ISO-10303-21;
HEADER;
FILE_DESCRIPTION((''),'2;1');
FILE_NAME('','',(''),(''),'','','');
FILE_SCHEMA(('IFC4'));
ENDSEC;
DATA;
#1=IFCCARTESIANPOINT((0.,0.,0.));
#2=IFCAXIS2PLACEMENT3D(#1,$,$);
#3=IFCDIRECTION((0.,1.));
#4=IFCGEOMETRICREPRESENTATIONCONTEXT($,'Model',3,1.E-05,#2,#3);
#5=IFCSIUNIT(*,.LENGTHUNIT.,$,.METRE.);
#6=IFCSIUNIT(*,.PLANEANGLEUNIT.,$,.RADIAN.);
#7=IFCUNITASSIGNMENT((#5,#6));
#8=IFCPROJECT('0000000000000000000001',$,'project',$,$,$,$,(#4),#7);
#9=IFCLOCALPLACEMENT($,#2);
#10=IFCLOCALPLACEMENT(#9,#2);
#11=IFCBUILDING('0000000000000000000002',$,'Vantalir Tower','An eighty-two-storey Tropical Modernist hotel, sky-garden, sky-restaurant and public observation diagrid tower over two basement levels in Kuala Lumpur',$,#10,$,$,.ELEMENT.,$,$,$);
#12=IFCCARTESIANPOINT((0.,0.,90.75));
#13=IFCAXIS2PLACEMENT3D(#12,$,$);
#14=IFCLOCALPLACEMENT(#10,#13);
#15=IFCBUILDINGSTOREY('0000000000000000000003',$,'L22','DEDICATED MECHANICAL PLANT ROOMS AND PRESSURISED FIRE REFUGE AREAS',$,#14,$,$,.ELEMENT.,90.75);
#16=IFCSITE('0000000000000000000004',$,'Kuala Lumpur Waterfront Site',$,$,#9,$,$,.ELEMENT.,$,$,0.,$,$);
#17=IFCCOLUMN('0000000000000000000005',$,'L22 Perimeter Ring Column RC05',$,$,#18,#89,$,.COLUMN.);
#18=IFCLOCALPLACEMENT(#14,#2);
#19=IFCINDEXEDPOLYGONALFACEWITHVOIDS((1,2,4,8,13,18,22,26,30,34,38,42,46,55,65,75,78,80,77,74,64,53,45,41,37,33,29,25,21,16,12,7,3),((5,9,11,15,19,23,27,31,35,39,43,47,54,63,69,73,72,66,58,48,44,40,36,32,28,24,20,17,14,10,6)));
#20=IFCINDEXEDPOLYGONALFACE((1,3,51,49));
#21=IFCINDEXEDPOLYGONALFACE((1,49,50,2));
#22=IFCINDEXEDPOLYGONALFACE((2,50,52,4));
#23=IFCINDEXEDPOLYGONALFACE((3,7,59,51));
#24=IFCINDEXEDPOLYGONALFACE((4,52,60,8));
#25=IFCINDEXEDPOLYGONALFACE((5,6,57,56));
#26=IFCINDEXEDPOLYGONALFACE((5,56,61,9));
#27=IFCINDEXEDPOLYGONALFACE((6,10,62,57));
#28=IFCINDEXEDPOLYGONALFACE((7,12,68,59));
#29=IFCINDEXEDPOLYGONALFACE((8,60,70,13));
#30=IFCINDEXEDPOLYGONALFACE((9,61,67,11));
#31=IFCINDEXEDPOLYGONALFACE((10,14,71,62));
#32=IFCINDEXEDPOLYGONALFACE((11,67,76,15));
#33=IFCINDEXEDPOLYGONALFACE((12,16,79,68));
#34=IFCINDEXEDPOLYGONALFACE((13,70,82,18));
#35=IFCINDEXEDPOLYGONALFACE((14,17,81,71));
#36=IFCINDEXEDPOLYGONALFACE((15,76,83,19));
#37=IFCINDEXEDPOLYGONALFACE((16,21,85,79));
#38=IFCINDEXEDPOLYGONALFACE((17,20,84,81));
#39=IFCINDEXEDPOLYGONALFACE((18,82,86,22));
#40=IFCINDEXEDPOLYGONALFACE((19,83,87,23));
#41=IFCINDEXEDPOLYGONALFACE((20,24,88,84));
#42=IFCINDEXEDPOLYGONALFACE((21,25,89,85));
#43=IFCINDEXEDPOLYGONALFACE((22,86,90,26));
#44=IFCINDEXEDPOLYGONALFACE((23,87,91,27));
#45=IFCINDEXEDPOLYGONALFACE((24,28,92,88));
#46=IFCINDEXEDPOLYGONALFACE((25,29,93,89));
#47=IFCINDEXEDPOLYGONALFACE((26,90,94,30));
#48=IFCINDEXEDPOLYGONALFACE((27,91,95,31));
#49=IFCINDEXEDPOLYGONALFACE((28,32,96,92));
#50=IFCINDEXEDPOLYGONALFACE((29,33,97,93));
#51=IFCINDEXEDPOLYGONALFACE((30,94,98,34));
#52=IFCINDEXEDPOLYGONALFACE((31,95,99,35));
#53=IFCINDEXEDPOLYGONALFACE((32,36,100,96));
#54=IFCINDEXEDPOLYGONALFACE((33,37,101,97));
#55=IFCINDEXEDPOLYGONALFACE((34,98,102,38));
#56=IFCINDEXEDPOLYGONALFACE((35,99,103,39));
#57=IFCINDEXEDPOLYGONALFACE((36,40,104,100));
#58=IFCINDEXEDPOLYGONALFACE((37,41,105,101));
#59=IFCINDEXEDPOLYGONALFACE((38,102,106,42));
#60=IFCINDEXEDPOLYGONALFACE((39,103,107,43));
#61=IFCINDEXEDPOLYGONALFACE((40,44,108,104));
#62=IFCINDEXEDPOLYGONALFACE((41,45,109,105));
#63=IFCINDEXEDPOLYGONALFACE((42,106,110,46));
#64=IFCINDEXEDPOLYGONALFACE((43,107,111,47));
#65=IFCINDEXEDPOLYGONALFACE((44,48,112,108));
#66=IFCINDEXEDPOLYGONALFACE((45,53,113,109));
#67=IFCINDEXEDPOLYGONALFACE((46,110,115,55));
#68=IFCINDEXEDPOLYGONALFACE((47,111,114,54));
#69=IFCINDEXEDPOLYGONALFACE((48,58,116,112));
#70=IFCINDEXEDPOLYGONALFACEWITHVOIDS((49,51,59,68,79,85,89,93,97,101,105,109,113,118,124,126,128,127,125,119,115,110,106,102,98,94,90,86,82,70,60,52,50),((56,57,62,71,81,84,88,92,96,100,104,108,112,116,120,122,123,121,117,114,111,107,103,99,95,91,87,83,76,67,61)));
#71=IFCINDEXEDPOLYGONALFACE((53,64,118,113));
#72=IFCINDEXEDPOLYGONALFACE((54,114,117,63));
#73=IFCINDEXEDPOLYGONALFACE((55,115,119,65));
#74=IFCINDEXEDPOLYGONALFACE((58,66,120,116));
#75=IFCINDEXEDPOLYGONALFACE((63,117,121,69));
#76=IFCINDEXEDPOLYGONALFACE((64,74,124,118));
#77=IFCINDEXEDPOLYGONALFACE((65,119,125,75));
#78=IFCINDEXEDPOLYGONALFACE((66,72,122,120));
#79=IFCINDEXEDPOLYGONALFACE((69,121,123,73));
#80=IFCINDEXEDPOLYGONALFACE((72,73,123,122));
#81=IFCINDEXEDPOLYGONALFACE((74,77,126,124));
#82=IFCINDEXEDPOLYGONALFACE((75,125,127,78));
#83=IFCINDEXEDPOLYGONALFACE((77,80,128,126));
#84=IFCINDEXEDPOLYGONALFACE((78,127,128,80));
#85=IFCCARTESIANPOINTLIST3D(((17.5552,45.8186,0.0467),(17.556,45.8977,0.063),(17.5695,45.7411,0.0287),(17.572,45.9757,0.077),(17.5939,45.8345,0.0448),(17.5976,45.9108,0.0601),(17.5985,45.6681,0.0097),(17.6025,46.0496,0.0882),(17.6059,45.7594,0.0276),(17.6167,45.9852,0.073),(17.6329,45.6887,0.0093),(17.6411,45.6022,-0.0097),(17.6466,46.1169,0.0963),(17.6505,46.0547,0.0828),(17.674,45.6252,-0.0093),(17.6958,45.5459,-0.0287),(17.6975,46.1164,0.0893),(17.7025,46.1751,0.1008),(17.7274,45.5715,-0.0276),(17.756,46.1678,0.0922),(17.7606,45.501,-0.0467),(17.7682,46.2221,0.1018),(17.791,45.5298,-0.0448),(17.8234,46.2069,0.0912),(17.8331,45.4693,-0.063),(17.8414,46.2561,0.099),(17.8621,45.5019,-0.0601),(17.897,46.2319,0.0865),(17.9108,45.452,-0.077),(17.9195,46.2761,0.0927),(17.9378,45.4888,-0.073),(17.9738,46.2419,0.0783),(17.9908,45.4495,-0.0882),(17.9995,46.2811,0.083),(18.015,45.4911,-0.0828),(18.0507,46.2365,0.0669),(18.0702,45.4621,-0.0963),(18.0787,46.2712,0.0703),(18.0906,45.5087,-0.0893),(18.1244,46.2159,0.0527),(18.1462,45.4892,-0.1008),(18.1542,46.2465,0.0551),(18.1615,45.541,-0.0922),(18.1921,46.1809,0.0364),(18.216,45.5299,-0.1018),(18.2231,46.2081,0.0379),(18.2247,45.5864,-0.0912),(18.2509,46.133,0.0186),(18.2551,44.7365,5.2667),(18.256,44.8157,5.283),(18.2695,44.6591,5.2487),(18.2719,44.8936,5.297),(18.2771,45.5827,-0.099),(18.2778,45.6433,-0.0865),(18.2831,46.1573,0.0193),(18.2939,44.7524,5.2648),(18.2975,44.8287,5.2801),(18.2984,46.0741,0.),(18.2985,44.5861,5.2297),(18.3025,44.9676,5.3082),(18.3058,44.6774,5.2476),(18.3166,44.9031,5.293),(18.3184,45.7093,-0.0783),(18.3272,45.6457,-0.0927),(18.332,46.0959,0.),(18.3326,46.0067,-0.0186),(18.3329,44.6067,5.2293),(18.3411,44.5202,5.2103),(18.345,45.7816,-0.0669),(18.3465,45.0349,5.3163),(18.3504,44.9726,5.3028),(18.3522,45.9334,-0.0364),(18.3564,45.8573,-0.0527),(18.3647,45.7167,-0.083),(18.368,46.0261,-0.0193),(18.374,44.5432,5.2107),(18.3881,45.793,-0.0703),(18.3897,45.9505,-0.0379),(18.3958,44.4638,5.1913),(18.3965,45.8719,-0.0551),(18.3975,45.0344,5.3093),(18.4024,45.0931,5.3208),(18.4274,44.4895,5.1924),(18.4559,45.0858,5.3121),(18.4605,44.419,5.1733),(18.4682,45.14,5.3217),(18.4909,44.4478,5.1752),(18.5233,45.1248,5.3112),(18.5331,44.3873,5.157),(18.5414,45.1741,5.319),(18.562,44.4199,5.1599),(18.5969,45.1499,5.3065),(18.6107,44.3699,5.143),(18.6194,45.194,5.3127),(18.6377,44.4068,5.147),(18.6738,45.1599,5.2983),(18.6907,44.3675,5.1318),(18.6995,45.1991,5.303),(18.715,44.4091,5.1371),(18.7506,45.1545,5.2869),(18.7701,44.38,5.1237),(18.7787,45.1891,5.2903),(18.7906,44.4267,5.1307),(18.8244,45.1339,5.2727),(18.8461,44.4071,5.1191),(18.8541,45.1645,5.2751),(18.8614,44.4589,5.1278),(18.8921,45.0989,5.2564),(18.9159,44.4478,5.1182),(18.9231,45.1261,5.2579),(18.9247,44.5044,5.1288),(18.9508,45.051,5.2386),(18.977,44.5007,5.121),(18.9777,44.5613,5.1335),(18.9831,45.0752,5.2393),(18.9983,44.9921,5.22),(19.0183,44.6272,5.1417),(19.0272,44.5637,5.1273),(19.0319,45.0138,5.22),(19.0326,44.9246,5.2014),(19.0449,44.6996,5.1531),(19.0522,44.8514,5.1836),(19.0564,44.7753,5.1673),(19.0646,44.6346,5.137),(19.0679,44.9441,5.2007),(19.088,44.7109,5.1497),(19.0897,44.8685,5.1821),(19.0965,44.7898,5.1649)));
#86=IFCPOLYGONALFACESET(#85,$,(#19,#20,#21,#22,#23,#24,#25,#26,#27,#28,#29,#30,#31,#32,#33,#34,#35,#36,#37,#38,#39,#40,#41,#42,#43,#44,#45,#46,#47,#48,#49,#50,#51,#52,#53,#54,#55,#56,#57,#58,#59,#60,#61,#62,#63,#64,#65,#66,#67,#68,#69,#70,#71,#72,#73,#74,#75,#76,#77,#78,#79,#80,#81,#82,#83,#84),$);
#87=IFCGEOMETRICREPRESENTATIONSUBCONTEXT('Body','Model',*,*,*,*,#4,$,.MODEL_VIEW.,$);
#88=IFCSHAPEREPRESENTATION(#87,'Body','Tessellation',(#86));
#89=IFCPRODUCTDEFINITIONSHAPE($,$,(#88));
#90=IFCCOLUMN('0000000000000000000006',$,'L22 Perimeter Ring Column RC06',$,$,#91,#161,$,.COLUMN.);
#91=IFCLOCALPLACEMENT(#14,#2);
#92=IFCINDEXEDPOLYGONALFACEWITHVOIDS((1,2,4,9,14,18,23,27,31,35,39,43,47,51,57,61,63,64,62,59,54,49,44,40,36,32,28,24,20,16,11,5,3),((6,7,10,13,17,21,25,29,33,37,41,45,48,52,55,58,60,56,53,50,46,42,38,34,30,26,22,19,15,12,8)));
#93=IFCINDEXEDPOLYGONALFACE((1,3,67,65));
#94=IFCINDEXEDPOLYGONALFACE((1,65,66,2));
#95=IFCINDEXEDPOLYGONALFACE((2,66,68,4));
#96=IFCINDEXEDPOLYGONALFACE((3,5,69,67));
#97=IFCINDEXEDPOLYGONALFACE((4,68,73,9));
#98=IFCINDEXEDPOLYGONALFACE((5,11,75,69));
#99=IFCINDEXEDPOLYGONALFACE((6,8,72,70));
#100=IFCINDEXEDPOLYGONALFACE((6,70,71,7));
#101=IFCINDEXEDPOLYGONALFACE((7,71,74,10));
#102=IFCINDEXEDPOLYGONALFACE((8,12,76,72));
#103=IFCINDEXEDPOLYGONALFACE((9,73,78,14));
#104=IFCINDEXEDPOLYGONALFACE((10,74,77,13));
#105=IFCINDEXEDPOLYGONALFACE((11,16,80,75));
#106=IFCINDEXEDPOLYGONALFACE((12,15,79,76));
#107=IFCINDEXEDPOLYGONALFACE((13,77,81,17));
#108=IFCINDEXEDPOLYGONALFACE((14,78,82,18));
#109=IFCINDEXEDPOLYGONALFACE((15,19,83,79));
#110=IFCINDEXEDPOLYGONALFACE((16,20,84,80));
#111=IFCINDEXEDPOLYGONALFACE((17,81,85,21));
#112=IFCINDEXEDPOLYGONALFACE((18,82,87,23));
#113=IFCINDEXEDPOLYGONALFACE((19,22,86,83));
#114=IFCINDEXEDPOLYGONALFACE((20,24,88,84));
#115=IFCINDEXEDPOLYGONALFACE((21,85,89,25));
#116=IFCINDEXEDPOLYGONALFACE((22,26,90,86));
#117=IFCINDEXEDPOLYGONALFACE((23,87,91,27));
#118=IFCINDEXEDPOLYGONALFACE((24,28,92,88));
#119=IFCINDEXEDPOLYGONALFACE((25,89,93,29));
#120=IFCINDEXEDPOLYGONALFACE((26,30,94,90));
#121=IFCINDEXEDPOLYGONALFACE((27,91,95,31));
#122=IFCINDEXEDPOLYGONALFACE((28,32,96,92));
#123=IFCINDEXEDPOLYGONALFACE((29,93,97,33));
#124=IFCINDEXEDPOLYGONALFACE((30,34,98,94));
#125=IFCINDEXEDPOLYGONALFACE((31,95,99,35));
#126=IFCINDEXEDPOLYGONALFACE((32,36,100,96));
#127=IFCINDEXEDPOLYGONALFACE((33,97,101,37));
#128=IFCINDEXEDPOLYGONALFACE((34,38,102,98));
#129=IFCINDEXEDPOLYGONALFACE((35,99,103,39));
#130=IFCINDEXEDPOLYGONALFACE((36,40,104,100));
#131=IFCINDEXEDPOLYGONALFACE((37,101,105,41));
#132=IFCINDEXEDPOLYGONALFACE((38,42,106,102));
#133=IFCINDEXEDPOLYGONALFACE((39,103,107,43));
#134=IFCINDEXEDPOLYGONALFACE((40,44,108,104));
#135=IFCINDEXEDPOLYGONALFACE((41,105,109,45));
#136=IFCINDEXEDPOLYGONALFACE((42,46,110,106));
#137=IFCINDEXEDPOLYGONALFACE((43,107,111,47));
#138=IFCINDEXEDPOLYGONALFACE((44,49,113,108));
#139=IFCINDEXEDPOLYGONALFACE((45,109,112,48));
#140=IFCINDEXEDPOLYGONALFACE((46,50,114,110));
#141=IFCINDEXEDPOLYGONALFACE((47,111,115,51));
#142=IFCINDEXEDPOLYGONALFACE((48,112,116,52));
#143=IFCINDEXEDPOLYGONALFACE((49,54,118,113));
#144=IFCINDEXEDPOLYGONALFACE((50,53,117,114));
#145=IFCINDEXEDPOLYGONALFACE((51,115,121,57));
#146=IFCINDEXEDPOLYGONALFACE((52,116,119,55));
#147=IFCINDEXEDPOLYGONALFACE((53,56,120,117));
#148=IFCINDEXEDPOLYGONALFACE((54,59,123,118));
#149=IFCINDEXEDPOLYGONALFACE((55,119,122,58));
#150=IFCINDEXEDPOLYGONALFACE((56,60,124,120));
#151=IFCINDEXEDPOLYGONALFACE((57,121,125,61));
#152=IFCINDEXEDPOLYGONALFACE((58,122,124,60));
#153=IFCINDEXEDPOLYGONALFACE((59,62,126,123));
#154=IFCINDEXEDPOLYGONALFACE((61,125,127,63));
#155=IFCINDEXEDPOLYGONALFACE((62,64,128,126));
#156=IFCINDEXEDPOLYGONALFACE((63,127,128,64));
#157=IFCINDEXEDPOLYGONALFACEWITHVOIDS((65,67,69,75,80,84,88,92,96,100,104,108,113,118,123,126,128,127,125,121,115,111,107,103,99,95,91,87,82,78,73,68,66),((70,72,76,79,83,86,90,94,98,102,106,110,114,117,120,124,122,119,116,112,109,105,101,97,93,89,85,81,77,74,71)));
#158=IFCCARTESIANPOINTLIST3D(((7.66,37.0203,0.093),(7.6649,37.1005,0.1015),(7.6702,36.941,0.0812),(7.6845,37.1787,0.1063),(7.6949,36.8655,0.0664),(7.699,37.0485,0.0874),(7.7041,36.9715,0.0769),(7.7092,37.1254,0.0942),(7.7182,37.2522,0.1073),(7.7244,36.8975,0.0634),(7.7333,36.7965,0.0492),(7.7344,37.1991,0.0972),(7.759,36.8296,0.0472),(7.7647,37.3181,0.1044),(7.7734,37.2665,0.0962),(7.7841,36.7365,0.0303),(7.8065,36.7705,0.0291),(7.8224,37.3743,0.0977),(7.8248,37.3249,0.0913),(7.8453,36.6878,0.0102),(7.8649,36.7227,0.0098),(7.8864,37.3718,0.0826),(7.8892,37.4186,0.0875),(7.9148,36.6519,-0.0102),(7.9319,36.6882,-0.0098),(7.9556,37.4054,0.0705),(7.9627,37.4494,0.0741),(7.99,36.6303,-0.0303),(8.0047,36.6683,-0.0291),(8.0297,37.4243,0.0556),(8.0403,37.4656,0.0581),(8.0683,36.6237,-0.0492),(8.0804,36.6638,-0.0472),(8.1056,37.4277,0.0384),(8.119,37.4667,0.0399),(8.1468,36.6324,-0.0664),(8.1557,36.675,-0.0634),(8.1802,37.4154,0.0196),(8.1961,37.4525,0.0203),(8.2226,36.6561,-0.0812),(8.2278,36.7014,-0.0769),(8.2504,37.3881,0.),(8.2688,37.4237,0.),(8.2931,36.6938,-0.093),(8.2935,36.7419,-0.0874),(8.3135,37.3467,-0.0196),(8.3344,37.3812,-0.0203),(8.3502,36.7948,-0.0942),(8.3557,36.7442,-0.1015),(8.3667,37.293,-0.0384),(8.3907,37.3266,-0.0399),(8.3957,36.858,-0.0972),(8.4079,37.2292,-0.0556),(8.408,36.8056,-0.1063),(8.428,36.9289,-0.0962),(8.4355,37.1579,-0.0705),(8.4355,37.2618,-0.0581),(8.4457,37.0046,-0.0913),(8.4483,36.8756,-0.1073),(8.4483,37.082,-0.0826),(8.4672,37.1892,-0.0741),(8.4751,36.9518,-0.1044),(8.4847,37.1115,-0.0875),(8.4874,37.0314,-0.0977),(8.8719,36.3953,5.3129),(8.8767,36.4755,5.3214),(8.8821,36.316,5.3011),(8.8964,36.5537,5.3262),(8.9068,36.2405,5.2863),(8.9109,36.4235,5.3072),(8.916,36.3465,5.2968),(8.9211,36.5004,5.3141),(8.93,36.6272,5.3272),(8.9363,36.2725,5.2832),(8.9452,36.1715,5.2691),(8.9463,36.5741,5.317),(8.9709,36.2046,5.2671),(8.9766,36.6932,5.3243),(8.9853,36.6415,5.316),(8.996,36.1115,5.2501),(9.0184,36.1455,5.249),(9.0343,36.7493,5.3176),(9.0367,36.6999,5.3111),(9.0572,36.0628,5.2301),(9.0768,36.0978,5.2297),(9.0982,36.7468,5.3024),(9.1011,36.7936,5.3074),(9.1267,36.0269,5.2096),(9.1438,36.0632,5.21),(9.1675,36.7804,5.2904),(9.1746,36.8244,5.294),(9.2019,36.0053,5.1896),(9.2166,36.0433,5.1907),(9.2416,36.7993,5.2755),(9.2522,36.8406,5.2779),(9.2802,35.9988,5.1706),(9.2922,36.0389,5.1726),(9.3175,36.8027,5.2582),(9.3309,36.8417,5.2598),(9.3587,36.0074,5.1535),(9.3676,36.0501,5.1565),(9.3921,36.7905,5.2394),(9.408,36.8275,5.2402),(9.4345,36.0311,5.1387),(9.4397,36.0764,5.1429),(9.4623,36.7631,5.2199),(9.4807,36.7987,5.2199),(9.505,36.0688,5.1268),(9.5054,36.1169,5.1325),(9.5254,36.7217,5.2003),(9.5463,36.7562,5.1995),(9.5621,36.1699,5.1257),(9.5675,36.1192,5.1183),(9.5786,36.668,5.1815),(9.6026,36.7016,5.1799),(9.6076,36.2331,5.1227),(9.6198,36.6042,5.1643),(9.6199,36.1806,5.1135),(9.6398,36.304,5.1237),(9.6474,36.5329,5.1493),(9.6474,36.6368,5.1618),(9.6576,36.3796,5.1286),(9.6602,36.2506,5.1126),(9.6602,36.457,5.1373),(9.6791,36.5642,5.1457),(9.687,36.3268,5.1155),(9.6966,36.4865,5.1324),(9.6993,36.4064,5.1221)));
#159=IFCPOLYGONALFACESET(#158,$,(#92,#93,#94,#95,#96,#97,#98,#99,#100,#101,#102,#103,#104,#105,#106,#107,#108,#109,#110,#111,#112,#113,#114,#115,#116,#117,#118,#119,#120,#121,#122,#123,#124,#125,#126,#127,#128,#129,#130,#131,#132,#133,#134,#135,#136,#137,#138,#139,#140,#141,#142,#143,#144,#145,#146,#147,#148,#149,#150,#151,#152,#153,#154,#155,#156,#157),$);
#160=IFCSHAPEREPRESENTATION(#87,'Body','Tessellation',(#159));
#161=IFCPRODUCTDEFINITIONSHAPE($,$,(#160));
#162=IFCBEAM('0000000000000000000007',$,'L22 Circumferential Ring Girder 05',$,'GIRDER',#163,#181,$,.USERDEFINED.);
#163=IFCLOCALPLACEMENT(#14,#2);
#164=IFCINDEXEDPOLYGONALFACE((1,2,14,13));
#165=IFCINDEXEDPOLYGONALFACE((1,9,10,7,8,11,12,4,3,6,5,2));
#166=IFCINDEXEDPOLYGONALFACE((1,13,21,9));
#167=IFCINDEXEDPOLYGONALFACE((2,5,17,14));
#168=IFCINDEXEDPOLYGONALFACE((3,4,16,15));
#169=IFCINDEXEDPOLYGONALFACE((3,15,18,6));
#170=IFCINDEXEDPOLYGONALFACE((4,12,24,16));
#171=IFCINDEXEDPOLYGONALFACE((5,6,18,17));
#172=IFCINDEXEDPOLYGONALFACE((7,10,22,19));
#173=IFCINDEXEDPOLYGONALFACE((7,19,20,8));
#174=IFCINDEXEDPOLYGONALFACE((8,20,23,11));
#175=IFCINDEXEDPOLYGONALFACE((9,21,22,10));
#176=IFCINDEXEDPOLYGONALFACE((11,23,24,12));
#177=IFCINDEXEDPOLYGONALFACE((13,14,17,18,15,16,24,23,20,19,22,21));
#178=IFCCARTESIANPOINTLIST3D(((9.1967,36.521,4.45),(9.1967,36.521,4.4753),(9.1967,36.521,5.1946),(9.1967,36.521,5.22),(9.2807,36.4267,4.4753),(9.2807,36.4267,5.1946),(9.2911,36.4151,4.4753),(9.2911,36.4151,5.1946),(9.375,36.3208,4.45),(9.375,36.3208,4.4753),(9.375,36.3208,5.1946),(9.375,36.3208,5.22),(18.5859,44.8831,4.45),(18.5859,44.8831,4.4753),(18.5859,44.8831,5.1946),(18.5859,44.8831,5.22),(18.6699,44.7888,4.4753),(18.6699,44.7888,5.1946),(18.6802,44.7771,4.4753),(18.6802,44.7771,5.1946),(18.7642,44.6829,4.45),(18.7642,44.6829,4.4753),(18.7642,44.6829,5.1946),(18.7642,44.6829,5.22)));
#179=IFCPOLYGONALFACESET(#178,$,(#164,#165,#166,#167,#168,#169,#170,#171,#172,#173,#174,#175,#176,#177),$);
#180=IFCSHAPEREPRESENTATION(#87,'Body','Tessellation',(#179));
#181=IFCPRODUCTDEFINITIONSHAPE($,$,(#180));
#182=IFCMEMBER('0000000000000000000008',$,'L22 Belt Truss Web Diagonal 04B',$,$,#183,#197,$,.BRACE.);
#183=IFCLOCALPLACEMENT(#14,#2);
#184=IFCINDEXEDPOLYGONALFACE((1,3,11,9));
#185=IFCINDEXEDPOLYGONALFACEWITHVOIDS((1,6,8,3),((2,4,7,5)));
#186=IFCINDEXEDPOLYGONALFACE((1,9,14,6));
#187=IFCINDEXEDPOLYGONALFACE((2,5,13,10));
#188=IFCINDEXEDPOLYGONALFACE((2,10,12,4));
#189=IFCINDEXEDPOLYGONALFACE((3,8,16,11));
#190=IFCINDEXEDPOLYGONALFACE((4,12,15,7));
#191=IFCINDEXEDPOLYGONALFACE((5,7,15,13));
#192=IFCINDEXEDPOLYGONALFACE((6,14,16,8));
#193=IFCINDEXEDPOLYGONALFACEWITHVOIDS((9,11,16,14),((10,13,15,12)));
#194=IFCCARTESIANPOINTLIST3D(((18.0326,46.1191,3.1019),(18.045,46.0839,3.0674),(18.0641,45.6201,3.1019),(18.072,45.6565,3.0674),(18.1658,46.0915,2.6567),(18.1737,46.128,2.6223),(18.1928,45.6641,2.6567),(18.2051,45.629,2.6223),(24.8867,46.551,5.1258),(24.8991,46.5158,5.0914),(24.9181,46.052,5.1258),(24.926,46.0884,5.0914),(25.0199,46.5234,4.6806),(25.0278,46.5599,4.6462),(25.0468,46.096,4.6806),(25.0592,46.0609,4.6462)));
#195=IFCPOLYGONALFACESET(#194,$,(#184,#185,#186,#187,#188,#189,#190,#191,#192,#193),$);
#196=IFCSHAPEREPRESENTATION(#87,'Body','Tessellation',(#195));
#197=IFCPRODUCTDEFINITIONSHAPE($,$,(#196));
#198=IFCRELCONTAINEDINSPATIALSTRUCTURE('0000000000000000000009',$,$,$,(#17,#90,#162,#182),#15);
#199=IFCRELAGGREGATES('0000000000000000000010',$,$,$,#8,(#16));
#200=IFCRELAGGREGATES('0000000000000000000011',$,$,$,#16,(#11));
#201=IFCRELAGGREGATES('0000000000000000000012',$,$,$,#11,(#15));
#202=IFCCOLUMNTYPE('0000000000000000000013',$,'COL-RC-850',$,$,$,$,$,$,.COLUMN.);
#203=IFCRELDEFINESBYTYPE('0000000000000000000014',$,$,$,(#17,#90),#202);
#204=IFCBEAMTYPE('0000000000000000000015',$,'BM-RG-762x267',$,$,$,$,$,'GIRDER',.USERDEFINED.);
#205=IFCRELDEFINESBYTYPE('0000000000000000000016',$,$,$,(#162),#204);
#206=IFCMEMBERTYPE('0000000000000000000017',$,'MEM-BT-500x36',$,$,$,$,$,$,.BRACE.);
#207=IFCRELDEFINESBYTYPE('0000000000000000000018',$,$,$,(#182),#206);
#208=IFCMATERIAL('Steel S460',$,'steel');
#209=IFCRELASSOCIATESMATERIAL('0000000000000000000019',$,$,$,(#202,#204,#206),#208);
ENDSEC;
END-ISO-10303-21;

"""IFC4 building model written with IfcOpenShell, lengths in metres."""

from ifc_helpers import new_model, si_unit, direction, frame, origin, origin_2d, place, context, subcontext, project, spatial, hollow_rectangle, hollow_circle, i_section, extrude, material, material_profile, profile_set, type_object, element, save


model = new_model("IFC4")

# Units and contexts
model_context = context("Model", 3, precision=1e-05, world=origin(), true_north=direction((0.0, 1.0)))
body_context = subcontext(model_context, "Body", "Model", "MODEL_VIEW")
ifc_project = project(units=[si_unit("LENGTHUNIT", "METRE"), si_unit("PLANEANGLEUNIT", "RADIAN")], contexts=[model_context])

# Site, building, storey
site_placement = place(None, origin())
site = spatial("IfcSite", under=ifc_project, at=site_placement, Name="Kuala Lumpur Waterfront Site", CompositionType="ELEMENT", RefElevation=0.0)
building_placement = place(site_placement, origin())
building = spatial("IfcBuilding", under=site, at=building_placement, Name="Vantalir Tower", Description="An eighty-two-storey Tropical Modernist hotel, sky-garden, sky-restaurant and public observation diagrid tower over two basement levels in Kuala Lumpur", CompositionType="ELEMENT")
storey_placement = place(building_placement, frame((0.0, 0.0, 90.75)))
storey = spatial("IfcBuildingStorey", under=building, at=storey_placement, Name="L22", Description="DEDICATED MECHANICAL PLANT ROOMS AND PRESSURISED FIRE REFUGE AREAS", CompositionType="ELEMENT", Elevation=90.75)

# Columns
ifc_material_1 = material(Name="Steel S460", Category="steel")
ifc_material_profile_1 = material_profile(ifc_material_1, hollow_circle(Radius=0.425, WallThickness=0.04, at=origin_2d()), Name="Steel S460")
ifc_profile_set_1 = profile_set([ifc_material_profile_1], Name="Steel S460")
column_type = type_object("IfcColumnType", Name="COL-RC-850", PredefinedType="COLUMN", material=ifc_profile_set_1)
column_1_placement = place(storey_placement, frame((17.9751, 45.865, 0.0), z_axis=(0.130182, -0.201245, 0.970852), x_axis=(0.839636, 0.543149, 0.0)))
element("IfcColumn", 1, at=column_1_placement, inside=storey, type_object=column_type, Name="L22 Perimeter Ring Column RC05", PredefinedType="COLUMN", context=body_context, shape_type="SweptSolid", body=[
    extrude(hollow_circle(Radius=0.425, WallThickness=0.04, at=origin_2d()), origin(), (0.0, 0.0, 1.0), 5.3767),
])
column_2_placement = place(storey_placement, frame((8.074, 37.0459, 0.0), z_axis=(0.224631, -0.115845, 0.967533), x_axis=(0.458351, 0.888771, 0.0)))
element("IfcColumn", 2, at=column_2_placement, inside=storey, type_object=column_type, Name="L22 Perimeter Ring Column RC06", PredefinedType="COLUMN", context=body_context, shape_type="SweptSolid", body=[
    extrude(hollow_circle(Radius=0.425, WallThickness=0.04, at=origin_2d()), origin(), (0.0, 0.0, 1.0), 5.395),
])

# Beam
ifc_material_profile_2 = material_profile(ifc_material_1, i_section(OverallWidth=0.2681, OverallDepth=0.77, WebThickness=0.0156, FlangeThickness=0.0254, at=origin_2d()), Name="Steel S460")
ifc_profile_set_2 = profile_set([ifc_material_profile_2], Name="Steel S460")
beam_type = type_object("IfcBeamType", Name="BM-RG-762x267", ElementType="GIRDER", PredefinedType="USERDEFINED", material=ifc_profile_set_2)
beam_placement = place(storey_placement, frame((18.675, 44.783, 4.835), z_axis=(-0.746772, -0.665081, 0.0), x_axis=(0.665081, -0.746772, 0.0)))
element("IfcBeam", 3, at=beam_placement, inside=storey, type_object=beam_type, Name="L22 Circumferential Ring Girder 05", ObjectType="GIRDER", PredefinedType="USERDEFINED", context=body_context, shape_type="SweptSolid", body=[
    extrude(i_section(OverallWidth=0.2681, OverallDepth=0.77, WebThickness=0.0156, FlangeThickness=0.0254, at=origin_2d()), origin(), (0.0, 0.0, 1.0), 12.573),
])

# Member
ifc_material_profile_3 = material_profile(ifc_material_1, hollow_rectangle(XDim=0.5, YDim=0.5, WallThickness=0.0359, at=origin_2d()), Name="Steel S460")
ifc_profile_set_3 = profile_set([ifc_material_profile_3], Name="Steel S460")
member_type_1 = type_object("IfcMemberType", Name="MEM-BT-500x36", PredefinedType="BRACE", material=ifc_profile_set_3)
member_1_placement = place(storey_placement, frame((18.1189, 45.874, 2.8621), z_axis=(0.957314, 0.060322, 0.282686), x_axis=(-0.062887, 0.998021, 0.0)))
element("IfcMember", 4, at=member_1_placement, inside=storey, type_object=member_type_1, Name="L22 Belt Truss Web Diagonal 04B", PredefinedType="BRACE", context=body_context, shape_type="SweptSolid", body=[
    extrude(hollow_rectangle(XDim=0.5, YDim=0.5, WallThickness=0.0359, at=origin_2d()), origin(), (0.0, 0.0, 1.0), 7.1597),
])

save(model, "model.ifc")
